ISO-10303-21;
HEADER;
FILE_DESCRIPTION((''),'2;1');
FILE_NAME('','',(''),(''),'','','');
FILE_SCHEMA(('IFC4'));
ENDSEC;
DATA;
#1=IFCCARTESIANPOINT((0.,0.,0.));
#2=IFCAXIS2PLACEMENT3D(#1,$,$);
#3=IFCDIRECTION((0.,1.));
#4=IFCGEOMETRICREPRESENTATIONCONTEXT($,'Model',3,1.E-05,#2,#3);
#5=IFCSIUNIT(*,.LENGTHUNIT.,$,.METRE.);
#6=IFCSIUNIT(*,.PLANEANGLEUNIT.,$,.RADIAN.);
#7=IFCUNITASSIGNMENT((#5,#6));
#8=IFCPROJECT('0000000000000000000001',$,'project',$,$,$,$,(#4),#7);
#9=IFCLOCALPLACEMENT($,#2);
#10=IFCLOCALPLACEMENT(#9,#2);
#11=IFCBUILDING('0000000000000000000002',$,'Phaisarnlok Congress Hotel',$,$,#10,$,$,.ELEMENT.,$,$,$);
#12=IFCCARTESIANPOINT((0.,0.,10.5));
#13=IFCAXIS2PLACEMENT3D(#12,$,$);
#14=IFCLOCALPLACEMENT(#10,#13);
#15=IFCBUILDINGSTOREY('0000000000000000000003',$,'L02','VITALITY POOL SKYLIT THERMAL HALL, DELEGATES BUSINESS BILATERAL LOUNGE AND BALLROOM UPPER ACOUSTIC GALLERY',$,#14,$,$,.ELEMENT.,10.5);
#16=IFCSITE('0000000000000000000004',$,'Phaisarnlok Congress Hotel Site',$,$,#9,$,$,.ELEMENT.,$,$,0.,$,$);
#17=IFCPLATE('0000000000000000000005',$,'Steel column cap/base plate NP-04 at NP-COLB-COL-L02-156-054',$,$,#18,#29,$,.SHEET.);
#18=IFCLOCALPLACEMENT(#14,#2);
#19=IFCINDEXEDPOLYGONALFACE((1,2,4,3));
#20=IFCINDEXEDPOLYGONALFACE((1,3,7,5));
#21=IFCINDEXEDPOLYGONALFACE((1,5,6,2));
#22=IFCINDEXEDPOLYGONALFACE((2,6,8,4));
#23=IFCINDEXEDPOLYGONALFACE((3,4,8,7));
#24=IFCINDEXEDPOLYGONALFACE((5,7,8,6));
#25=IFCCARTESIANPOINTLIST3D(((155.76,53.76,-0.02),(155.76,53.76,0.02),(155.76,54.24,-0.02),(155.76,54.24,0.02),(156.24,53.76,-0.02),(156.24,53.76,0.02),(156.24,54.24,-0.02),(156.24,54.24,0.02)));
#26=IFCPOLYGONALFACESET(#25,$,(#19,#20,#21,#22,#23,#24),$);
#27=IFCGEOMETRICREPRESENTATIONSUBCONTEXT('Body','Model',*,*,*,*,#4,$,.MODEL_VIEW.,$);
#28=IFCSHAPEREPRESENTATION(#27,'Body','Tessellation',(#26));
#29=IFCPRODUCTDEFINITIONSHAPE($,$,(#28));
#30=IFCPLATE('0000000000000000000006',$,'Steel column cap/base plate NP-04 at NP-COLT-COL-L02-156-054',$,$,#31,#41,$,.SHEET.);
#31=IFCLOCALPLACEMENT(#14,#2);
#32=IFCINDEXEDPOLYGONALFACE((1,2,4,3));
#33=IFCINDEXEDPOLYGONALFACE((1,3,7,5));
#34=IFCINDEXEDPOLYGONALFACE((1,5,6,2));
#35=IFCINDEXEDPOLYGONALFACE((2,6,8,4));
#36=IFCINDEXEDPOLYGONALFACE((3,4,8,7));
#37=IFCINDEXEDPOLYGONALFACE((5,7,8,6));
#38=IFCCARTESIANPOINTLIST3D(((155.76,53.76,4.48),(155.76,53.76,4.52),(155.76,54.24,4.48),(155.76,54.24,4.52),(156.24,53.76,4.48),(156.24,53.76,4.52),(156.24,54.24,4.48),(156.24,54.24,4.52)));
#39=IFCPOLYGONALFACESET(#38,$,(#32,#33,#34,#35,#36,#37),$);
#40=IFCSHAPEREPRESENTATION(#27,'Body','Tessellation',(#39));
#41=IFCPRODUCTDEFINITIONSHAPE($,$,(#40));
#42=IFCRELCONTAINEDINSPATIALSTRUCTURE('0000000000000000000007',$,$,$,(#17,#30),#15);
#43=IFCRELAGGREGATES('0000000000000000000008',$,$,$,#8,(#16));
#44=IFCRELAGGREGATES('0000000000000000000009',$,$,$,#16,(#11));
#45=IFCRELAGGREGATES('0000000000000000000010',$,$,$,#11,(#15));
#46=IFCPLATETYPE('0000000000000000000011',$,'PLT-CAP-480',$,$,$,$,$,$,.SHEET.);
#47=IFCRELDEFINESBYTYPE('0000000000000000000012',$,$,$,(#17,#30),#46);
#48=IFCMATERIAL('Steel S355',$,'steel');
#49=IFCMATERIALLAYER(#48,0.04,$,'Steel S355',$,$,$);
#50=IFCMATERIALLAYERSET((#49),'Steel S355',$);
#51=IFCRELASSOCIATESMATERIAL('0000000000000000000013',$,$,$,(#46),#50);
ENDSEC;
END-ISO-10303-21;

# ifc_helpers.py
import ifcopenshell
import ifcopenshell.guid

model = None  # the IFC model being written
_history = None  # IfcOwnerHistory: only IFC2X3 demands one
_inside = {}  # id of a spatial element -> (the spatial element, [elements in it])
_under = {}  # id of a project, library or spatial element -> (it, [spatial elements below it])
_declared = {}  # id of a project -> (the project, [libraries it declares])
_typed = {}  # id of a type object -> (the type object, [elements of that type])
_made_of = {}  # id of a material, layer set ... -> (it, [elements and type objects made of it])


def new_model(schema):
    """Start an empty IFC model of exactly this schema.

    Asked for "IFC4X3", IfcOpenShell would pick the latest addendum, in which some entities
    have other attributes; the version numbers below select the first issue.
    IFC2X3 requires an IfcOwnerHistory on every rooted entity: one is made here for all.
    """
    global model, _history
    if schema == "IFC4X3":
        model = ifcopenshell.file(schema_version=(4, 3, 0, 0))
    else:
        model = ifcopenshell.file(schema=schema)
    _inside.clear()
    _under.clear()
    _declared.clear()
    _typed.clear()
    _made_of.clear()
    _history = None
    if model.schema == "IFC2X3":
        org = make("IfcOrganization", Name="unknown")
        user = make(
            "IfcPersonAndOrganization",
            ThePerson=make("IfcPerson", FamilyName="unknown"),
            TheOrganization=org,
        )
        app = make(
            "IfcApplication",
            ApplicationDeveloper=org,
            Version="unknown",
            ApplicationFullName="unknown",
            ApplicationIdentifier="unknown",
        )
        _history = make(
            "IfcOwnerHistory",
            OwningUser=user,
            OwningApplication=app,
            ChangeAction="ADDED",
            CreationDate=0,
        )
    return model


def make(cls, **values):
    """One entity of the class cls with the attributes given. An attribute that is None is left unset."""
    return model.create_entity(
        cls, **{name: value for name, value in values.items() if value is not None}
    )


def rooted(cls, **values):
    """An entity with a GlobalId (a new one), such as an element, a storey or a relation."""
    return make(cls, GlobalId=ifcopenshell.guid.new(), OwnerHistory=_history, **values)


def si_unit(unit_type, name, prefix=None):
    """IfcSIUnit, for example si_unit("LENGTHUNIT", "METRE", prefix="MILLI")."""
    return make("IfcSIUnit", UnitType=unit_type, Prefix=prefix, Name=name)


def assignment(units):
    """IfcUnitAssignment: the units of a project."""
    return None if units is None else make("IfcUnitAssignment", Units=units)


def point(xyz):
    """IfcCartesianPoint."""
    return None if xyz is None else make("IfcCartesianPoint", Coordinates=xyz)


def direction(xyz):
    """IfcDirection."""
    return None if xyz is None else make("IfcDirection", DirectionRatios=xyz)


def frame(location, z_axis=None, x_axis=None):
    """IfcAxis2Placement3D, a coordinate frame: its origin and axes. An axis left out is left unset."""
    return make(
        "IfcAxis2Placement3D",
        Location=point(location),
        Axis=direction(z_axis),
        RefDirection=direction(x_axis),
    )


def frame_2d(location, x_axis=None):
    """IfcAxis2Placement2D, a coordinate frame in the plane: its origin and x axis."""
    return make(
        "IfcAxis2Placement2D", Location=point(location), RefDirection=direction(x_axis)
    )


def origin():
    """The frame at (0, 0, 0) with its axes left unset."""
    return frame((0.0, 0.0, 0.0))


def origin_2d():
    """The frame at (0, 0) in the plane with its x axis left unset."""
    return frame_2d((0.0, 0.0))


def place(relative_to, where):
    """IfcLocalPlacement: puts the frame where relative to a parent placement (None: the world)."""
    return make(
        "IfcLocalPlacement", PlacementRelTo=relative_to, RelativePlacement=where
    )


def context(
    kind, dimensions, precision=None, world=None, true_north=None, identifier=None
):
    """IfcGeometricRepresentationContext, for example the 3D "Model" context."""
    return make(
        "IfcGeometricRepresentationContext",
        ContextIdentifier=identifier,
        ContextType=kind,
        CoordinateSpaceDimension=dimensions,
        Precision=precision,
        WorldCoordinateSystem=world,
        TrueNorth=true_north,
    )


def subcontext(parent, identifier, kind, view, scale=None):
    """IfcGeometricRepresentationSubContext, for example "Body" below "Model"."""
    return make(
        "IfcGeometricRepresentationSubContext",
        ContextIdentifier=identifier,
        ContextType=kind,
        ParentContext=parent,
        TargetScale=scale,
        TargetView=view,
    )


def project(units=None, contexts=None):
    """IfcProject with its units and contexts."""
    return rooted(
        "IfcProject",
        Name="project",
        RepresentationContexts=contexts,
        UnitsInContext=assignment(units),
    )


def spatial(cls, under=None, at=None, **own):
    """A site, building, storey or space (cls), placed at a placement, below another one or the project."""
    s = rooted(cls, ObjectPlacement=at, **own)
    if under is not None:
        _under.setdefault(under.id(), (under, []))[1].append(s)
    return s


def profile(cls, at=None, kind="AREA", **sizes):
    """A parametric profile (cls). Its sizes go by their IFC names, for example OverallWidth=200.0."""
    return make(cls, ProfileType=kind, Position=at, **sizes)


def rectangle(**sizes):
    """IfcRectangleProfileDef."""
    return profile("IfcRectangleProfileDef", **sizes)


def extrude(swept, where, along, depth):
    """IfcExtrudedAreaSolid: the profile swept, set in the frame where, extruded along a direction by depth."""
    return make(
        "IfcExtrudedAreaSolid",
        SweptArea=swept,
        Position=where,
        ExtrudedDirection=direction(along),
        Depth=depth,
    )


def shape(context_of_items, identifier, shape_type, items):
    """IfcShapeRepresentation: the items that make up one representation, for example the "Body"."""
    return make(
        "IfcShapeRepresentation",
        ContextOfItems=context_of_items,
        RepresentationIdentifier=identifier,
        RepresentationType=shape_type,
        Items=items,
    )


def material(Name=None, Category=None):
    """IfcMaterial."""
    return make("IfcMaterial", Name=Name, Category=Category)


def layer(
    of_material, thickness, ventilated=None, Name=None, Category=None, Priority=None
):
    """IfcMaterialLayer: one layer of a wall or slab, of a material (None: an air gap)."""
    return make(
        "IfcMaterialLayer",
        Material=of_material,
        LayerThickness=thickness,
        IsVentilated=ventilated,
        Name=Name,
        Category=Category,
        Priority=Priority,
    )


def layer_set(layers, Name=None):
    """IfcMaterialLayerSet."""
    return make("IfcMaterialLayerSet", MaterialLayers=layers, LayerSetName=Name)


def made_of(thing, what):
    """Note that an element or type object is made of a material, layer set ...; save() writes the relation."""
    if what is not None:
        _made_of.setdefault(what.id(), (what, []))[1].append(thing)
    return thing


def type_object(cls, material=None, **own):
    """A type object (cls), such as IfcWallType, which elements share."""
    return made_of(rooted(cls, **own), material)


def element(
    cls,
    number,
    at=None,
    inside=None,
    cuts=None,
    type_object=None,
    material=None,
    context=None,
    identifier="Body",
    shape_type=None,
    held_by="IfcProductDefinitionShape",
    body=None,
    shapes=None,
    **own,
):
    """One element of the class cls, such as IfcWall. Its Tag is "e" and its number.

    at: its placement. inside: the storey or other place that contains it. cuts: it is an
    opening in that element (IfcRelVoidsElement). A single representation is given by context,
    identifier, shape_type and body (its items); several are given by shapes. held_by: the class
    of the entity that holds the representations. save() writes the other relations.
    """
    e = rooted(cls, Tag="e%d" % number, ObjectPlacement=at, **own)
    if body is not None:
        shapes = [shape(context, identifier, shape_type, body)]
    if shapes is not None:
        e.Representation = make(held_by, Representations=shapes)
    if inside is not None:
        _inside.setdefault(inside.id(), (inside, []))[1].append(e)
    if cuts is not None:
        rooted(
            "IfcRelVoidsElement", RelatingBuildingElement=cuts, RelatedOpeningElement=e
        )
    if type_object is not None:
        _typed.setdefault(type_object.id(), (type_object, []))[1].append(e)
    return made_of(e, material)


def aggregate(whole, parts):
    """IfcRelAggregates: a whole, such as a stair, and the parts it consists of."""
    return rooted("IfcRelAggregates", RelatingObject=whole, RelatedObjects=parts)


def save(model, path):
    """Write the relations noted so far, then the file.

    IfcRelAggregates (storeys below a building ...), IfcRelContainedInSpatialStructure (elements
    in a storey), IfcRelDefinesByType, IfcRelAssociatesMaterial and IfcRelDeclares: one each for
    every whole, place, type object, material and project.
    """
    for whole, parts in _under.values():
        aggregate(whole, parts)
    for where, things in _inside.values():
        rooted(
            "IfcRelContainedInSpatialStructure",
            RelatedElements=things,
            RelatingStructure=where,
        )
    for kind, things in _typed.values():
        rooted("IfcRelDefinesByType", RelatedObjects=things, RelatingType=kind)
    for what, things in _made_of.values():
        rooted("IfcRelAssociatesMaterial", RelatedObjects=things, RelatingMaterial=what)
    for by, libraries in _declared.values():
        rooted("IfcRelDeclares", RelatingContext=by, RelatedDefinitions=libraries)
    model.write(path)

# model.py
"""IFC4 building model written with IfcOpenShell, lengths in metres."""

from ifc_helpers import new_model, si_unit, direction, frame, origin, origin_2d, place, context, subcontext, project, spatial, rectangle, extrude, material, layer, layer_set, type_object, element, save


model = new_model("IFC4")

# Units and contexts
model_context = context("Model", 3, precision=1e-05, world=origin(), true_north=direction((0.0, 1.0)))
body_context = subcontext(model_context, "Body", "Model", "MODEL_VIEW")
ifc_project = project(units=[si_unit("LENGTHUNIT", "METRE"), si_unit("PLANEANGLEUNIT", "RADIAN")], contexts=[model_context])

# Site, building, storey
site_placement = place(None, origin())
site = spatial("IfcSite", under=ifc_project, at=site_placement, Name="Phaisarnlok Congress Hotel Site", CompositionType="ELEMENT", RefElevation=0.0)
building_placement = place(site_placement, origin())
building = spatial("IfcBuilding", under=site, at=building_placement, Name="Phaisarnlok Congress Hotel", CompositionType="ELEMENT")
storey_placement = place(building_placement, frame((0.0, 0.0, 10.5)))
storey = spatial("IfcBuildingStorey", under=building, at=storey_placement, Name="L02", Description="VITALITY POOL SKYLIT THERMAL HALL, DELEGATES BUSINESS BILATERAL LOUNGE AND BALLROOM UPPER ACOUSTIC GALLERY", CompositionType="ELEMENT", Elevation=10.5)

# Shared definitions
ifc_material_1 = material(Name="Steel S355", Category="steel")

# Plates
ifc_layer_1 = layer(ifc_material_1, 0.04, Name="Steel S355")
ifc_layer_set_1 = layer_set([ifc_layer_1], Name="Steel S355")
plate_type_1 = type_object("IfcPlateType", Name="PLT-CAP-480", PredefinedType="SHEET", material=ifc_layer_set_1)
for number, where, z_axis, x_axis, name in (
    (1, (156.0, 54.0, -0.02), (0.0, 0.0, 1.0), (1.0, 0.0, 0.0), "Steel column cap/base plate NP-04 at NP-COLB-COL-L02-156-054"),
    (2, (156.0, 54.0, 4.48), (0.0, 0.0, 1.0), (1.0, 0.0, 0.0), "Steel column cap/base plate NP-04 at NP-COLT-COL-L02-156-054"),
):
    element("IfcPlate", number, at=place(storey_placement, frame(where, z_axis=z_axis, x_axis=x_axis)), inside=storey, type_object=plate_type_1, Name=name, PredefinedType="SHEET", context=body_context, shape_type="SweptSolid", body=[
        extrude(rectangle(XDim=0.48, YDim=0.48, at=origin_2d()), origin(), (0.0, 0.0, 1.0), 0.04),
    ])

save(model, "model.ifc")
